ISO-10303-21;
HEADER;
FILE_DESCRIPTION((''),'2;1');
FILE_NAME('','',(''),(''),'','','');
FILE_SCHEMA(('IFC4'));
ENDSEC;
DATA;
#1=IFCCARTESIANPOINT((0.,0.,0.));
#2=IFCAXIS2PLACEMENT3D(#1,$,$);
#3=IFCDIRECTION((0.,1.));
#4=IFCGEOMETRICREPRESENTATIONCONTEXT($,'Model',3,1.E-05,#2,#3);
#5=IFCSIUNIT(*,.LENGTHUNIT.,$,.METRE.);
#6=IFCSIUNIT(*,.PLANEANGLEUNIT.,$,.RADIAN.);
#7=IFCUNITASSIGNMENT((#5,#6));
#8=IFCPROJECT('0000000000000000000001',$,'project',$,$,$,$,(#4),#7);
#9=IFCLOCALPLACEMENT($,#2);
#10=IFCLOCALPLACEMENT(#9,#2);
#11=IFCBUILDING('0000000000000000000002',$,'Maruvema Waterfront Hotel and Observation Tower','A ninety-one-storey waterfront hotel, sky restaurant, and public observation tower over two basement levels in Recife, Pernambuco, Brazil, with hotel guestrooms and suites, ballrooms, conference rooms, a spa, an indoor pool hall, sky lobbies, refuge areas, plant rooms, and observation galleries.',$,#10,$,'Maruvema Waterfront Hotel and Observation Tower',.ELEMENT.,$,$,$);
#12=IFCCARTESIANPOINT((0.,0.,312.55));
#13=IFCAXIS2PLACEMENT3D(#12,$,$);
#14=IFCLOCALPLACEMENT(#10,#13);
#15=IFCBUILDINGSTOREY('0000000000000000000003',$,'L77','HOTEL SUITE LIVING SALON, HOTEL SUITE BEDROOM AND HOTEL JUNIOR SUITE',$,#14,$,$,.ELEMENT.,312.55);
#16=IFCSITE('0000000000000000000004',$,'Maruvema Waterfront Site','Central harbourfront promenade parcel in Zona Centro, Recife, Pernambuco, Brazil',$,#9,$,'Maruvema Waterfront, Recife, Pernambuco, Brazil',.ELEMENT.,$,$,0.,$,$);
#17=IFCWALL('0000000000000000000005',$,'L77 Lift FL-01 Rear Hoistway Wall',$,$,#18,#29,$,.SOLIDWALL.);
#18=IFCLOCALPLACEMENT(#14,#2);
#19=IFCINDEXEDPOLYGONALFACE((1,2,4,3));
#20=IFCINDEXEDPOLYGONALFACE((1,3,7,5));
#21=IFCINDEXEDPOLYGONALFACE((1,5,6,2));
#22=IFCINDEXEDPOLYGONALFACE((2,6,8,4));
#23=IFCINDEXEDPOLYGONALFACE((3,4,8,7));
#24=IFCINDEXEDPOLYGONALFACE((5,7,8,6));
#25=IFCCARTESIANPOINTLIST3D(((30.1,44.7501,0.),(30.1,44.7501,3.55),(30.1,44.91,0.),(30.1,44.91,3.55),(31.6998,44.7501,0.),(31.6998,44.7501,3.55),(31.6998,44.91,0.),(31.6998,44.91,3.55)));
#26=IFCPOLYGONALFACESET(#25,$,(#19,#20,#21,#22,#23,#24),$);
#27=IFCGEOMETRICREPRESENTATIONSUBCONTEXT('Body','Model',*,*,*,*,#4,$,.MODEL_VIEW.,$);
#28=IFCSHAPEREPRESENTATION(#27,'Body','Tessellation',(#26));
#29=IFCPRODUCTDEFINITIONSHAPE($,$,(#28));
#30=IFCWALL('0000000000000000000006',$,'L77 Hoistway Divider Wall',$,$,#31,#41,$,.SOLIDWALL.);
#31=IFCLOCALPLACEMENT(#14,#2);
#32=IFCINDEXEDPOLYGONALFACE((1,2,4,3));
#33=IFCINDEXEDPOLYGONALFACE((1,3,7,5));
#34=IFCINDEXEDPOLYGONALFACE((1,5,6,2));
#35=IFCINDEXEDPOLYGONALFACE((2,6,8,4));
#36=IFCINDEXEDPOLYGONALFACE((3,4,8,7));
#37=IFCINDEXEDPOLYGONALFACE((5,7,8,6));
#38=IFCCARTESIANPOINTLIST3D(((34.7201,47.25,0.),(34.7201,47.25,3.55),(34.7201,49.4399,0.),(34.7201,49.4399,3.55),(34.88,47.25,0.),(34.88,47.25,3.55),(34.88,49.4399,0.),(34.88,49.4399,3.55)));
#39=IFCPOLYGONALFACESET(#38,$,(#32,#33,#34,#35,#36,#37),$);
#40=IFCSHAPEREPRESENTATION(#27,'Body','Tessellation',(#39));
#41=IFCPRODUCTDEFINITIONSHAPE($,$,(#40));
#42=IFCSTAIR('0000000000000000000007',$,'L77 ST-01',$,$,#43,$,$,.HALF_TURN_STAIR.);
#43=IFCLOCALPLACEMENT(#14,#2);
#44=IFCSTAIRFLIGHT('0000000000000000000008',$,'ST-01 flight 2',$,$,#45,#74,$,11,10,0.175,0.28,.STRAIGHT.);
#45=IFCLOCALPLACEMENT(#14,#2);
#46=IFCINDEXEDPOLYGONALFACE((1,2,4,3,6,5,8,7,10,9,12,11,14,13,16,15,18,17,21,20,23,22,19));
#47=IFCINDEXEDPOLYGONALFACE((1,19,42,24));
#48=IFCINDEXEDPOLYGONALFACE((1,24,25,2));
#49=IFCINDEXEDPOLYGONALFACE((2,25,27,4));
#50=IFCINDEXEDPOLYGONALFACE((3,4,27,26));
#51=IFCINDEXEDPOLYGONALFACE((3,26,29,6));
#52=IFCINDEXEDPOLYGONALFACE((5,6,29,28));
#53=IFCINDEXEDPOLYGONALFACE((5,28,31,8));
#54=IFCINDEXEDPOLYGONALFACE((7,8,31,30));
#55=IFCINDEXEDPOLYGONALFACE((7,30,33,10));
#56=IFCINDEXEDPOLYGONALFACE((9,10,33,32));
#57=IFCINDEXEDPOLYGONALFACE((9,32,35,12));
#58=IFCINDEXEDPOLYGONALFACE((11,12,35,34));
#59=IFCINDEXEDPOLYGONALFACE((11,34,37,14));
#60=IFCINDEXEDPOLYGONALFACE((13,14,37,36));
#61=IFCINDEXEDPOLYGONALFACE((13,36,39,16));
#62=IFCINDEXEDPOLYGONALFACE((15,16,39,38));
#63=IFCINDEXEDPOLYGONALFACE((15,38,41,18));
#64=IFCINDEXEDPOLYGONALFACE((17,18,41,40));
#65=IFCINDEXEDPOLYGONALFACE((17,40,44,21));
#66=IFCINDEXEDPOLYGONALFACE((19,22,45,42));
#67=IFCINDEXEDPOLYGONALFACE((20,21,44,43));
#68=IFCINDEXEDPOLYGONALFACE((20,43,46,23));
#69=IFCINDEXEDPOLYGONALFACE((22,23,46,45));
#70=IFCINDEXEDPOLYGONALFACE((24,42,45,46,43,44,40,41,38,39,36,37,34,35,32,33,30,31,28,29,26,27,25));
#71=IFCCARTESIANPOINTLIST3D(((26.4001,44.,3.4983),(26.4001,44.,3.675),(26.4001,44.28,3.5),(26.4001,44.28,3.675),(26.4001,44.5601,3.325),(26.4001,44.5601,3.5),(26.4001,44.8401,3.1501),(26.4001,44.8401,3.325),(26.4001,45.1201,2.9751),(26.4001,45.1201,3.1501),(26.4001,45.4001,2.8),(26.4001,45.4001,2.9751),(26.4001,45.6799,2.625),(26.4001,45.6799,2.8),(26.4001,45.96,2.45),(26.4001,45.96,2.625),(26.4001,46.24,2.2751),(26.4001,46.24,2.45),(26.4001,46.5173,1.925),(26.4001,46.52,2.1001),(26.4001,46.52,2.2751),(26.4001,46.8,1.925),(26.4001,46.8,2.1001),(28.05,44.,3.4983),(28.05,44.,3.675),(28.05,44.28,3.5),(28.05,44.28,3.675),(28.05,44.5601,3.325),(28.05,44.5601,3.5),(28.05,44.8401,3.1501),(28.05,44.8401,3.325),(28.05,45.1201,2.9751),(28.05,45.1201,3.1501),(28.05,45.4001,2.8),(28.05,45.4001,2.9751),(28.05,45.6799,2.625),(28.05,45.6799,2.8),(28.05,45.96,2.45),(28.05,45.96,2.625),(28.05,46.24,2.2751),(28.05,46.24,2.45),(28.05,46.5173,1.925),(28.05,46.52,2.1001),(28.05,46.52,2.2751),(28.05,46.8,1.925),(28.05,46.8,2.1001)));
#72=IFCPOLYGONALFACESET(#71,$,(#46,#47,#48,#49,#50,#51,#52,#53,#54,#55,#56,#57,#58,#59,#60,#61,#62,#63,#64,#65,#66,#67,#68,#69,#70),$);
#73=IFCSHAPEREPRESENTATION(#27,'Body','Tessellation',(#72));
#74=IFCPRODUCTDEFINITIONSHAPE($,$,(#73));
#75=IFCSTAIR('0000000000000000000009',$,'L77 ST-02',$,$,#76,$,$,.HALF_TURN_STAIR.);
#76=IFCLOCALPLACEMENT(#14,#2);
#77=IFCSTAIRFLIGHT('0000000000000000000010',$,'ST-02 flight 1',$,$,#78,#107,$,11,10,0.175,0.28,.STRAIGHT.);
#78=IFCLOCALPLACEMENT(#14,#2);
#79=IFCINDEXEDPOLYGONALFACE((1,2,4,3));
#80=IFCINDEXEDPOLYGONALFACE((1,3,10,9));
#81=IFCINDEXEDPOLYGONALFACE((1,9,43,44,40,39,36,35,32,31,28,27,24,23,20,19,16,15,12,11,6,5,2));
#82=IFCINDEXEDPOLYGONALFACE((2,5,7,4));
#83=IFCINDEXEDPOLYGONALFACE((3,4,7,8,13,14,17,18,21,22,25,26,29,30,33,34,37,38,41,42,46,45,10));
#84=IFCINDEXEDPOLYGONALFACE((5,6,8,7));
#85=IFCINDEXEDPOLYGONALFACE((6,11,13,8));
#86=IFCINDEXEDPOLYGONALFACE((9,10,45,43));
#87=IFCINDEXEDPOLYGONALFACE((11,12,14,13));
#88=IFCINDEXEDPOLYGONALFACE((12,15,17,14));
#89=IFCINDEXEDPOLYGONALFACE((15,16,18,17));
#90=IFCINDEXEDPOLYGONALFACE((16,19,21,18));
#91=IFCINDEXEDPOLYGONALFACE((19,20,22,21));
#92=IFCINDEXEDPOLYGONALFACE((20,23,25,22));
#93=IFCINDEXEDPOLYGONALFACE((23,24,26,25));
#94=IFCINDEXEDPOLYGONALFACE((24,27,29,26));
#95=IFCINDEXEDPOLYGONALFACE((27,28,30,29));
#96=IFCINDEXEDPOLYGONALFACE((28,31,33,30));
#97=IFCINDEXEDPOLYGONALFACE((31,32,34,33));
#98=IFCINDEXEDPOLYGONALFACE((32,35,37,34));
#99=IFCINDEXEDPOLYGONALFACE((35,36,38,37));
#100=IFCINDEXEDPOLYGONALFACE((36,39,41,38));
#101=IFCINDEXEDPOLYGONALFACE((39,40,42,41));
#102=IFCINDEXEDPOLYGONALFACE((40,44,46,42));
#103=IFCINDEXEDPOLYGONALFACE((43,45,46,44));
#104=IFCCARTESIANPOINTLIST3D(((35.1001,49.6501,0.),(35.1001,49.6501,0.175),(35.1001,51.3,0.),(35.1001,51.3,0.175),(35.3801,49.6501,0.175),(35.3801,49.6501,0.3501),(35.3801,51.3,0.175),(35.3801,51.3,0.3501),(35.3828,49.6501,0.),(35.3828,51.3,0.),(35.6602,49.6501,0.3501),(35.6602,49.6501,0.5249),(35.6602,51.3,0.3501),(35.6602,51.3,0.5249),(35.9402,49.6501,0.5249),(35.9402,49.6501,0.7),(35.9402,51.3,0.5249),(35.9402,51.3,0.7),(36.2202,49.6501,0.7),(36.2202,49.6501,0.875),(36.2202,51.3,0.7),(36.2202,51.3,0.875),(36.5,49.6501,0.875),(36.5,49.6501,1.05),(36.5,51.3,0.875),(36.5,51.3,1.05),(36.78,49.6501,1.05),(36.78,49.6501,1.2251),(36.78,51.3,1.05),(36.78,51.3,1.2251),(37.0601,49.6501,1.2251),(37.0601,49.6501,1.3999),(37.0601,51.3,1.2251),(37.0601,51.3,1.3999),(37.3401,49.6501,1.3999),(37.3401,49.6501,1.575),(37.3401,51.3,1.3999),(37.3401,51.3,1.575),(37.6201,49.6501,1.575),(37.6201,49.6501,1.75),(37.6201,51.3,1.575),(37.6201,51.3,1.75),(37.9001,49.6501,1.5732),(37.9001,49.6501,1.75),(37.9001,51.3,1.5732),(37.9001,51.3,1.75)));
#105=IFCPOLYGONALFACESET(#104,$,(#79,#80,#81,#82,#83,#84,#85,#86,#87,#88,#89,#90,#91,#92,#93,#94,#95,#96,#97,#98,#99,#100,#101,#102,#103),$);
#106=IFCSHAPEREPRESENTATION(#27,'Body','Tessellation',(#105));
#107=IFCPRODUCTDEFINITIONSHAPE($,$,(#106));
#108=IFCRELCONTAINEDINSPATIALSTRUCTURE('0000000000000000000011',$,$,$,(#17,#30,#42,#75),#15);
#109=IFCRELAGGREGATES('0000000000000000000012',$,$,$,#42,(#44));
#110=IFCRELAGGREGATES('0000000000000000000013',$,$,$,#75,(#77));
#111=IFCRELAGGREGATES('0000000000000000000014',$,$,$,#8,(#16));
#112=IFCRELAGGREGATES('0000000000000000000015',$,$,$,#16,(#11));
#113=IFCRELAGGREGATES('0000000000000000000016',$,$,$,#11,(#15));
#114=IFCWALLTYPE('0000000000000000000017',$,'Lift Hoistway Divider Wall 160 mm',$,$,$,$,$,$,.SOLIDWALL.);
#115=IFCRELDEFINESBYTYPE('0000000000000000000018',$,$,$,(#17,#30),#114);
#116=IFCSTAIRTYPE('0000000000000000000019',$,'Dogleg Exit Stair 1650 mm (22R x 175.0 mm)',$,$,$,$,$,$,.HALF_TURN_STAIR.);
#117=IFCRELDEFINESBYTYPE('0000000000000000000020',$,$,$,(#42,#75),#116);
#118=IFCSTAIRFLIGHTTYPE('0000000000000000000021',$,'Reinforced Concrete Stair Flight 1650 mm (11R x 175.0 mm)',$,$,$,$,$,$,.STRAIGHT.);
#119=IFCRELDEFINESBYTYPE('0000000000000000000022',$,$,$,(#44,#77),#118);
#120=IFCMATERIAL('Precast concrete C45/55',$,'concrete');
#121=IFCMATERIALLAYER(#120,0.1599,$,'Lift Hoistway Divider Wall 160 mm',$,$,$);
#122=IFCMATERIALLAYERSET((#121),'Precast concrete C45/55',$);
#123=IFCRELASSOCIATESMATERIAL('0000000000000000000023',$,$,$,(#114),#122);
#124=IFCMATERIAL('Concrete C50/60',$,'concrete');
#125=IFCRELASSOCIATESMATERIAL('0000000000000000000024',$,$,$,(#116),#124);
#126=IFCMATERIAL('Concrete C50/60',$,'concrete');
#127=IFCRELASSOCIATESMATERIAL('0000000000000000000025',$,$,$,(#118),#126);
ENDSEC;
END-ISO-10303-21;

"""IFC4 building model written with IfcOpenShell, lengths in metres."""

from ifc_helpers import new_model, si_unit, direction, frame, frame_2d, origin, place, context, subcontext, project, spatial, polyline, rectangle, outline, extrude, material, layer, layer_set, type_object, element, aggregate, save


model = new_model("IFC4")

# Units and contexts
model_context = context("Model", 3, precision=1e-05, world=origin(), true_north=direction((0.0, 1.0)))
body_context = subcontext(model_context, "Body", "Model", "MODEL_VIEW")
ifc_project = project(units=[si_unit("LENGTHUNIT", "METRE"), si_unit("PLANEANGLEUNIT", "RADIAN")], contexts=[model_context])

# Site, building, storey
site_placement = place(None, origin())
site = spatial("IfcSite", under=ifc_project, at=site_placement, Name="Maruvema Waterfront Site", Description="Central harbourfront promenade parcel in Zona Centro, Recife, Pernambuco, Brazil", LongName="Maruvema Waterfront, Recife, Pernambuco, Brazil", CompositionType="ELEMENT", RefElevation=0.0)
building_placement = place(site_placement, origin())
building = spatial("IfcBuilding", under=site, at=building_placement, Name="Maruvema Waterfront Hotel and Observation Tower", Description="A ninety-one-storey waterfront hotel, sky restaurant, and public observation tower over two basement levels in Recife, Pernambuco, Brazil, with hotel guestrooms and suites, ballrooms, conference rooms, a spa, an indoor pool hall, sky lobbies, refuge areas, plant rooms, and observation galleries.", LongName="Maruvema Waterfront Hotel and Observation Tower", CompositionType="ELEMENT")
storey_placement = place(building_placement, frame((0.0, 0.0, 312.55)))
storey = spatial("IfcBuildingStorey", under=building, at=storey_placement, Name="L77", Description="HOTEL SUITE LIVING SALON, HOTEL SUITE BEDROOM AND HOTEL JUNIOR SUITE", CompositionType="ELEMENT", Elevation=312.55)

# Walls
ifc_material_1 = material(Name="Precast concrete C45/55", Category="concrete")
ifc_layer_1 = layer(ifc_material_1, 0.1599, Name="Lift Hoistway Divider Wall 160 mm")
ifc_layer_set_1 = layer_set([ifc_layer_1], Name="Precast concrete C45/55")
wall_type_1 = type_object("IfcWallType", Name="Lift Hoistway Divider Wall 160 mm", PredefinedType="SOLIDWALL", material=ifc_layer_set_1)
wall_1_placement = place(storey_placement, frame((30.1001, 44.8301, 0.0), z_axis=(0.0, 0.0, 1.0), x_axis=(1.0, 0.0, 0.0)))
element("IfcWall", 1, at=wall_1_placement, inside=storey, type_object=wall_type_1, Name="L77 Lift FL-01 Rear Hoistway Wall", PredefinedType="SOLIDWALL", context=body_context, shape_type="SweptSolid", body=[
    extrude(rectangle(XDim=1.5999, YDim=0.1599, at=frame_2d((0.7998, 0.0))), origin(), (0.0, 0.0, 1.0), 3.55),
])
wall_2_placement = place(storey_placement, frame((34.8, 47.25, 0.0), z_axis=(0.0, 0.0, 1.0), x_axis=(0.0, 1.0, 0.0)))
element("IfcWall", 2, at=wall_2_placement, inside=storey, type_object=wall_type_1, Name="L77 Hoistway Divider Wall", PredefinedType="SOLIDWALL", context=body_context, shape_type="SweptSolid", body=[
    extrude(rectangle(XDim=2.1899, YDim=0.1599, at=frame_2d((1.095, 0.0))), origin(), (0.0, 0.0, 1.0), 3.55),
])

# Stairs, stair flights
ifc_material_2 = material(Name="Concrete C50/60", Category="concrete")
stair_type = type_object("IfcStairType", Name="Dogleg Exit Stair 1650 mm (22R x 175.0 mm)", PredefinedType="HALF_TURN_STAIR", material=ifc_material_2)
stair_1_placement = place(storey_placement, origin())
stair_1 = element("IfcStair", 3, at=stair_1_placement, inside=storey, type_object=stair_type, Name="L77 ST-01", PredefinedType="HALF_TURN_STAIR")
ifc_material_3 = material(Name="Concrete C50/60", Category="concrete")
stair_flight_type = type_object("IfcStairFlightType", Name="Reinforced Concrete Stair Flight 1650 mm (11R x 175.0 mm)", PredefinedType="STRAIGHT", material=ifc_material_3)
stair_flight_1_placement = place(storey_placement, frame((27.2251, 46.8, 1.925), z_axis=(0.0, 0.0, 1.0), x_axis=(0.0, -1.0, 0.0)))
stair_flight_1 = element("IfcStairFlight", 4, at=stair_flight_1_placement, type_object=stair_flight_type, Name="ST-01 flight 2", NumberOfRisers=11, NumberOfTreads=10, PredefinedType="STRAIGHT", RiserHeight=0.175, TreadLength=0.28, context=body_context, shape_type="SweptSolid", body=[
    extrude(outline(polyline([(0.0, 0.0), (0.0, 0.175), (0.28, 0.175), (0.28, 0.3501), (0.5601, 0.3501), (0.5601, 0.5249), (0.8401, 0.5249), (0.8401, 0.7), (1.1201, 0.7), (1.1201, 0.875), (1.3999, 0.875), (1.3999, 1.05), (1.6799, 1.05), (1.6799, 1.2251), (1.96, 1.2251), (1.96, 1.3999), (2.24, 1.3999), (2.24, 1.575), (2.52, 1.575), (2.52, 1.75), (2.8, 1.75), (2.8, 1.925), (2.8, 1.5732), (0.2827, 0.0), (0.0, 0.0)])), frame((0.0, 0.825, 0.0), z_axis=(0.0, -1.0, 0.0), x_axis=(1.0, 0.0, 0.0)), (0.0, 0.0, 1.0), 1.6499),
])
aggregate(stair_1, [stair_flight_1])
stair_2_placement = place(storey_placement, origin())
stair_2 = element("IfcStair", 5, at=stair_2_placement, inside=storey, type_object=stair_type, Name="L77 ST-02", PredefinedType="HALF_TURN_STAIR")
stair_flight_2_placement = place(storey_placement, frame((35.1001, 50.4751, 0.0), z_axis=(0.0, 0.0, 1.0), x_axis=(1.0, 0.0, 0.0)))
stair_flight_2 = element("IfcStairFlight", 6, at=stair_flight_2_placement, type_object=stair_flight_type, Name="ST-02 flight 1", NumberOfRisers=11, NumberOfTreads=10, PredefinedType="STRAIGHT", RiserHeight=0.175, TreadLength=0.28, context=body_context, shape_type="SweptSolid", body=[
    extrude(outline(polyline([(0.0, 0.0), (0.0, 0.175), (0.28, 0.175), (0.28, 0.3501), (0.5601, 0.3501), (0.5601, 0.5249), (0.8401, 0.5249), (0.8401, 0.7), (1.1201, 0.7), (1.1201, 0.875), (1.3999, 0.875), (1.3999, 1.05), (1.6799, 1.05), (1.6799, 1.2251), (1.96, 1.2251), (1.96, 1.3999), (2.24, 1.3999), (2.24, 1.575), (2.52, 1.575), (2.52, 1.75), (2.8, 1.75), (2.8, 1.925), (2.8, 1.5732), (0.2827, 0.0), (0.0, 0.0)])), frame((0.0, 0.825, 0.0), z_axis=(0.0, -1.0, 0.0), x_axis=(1.0, 0.0, 0.0)), (0.0, 0.0, 1.0), 1.6499),
])
aggregate(stair_2, [stair_flight_2])

save(model, "model.ifc")
